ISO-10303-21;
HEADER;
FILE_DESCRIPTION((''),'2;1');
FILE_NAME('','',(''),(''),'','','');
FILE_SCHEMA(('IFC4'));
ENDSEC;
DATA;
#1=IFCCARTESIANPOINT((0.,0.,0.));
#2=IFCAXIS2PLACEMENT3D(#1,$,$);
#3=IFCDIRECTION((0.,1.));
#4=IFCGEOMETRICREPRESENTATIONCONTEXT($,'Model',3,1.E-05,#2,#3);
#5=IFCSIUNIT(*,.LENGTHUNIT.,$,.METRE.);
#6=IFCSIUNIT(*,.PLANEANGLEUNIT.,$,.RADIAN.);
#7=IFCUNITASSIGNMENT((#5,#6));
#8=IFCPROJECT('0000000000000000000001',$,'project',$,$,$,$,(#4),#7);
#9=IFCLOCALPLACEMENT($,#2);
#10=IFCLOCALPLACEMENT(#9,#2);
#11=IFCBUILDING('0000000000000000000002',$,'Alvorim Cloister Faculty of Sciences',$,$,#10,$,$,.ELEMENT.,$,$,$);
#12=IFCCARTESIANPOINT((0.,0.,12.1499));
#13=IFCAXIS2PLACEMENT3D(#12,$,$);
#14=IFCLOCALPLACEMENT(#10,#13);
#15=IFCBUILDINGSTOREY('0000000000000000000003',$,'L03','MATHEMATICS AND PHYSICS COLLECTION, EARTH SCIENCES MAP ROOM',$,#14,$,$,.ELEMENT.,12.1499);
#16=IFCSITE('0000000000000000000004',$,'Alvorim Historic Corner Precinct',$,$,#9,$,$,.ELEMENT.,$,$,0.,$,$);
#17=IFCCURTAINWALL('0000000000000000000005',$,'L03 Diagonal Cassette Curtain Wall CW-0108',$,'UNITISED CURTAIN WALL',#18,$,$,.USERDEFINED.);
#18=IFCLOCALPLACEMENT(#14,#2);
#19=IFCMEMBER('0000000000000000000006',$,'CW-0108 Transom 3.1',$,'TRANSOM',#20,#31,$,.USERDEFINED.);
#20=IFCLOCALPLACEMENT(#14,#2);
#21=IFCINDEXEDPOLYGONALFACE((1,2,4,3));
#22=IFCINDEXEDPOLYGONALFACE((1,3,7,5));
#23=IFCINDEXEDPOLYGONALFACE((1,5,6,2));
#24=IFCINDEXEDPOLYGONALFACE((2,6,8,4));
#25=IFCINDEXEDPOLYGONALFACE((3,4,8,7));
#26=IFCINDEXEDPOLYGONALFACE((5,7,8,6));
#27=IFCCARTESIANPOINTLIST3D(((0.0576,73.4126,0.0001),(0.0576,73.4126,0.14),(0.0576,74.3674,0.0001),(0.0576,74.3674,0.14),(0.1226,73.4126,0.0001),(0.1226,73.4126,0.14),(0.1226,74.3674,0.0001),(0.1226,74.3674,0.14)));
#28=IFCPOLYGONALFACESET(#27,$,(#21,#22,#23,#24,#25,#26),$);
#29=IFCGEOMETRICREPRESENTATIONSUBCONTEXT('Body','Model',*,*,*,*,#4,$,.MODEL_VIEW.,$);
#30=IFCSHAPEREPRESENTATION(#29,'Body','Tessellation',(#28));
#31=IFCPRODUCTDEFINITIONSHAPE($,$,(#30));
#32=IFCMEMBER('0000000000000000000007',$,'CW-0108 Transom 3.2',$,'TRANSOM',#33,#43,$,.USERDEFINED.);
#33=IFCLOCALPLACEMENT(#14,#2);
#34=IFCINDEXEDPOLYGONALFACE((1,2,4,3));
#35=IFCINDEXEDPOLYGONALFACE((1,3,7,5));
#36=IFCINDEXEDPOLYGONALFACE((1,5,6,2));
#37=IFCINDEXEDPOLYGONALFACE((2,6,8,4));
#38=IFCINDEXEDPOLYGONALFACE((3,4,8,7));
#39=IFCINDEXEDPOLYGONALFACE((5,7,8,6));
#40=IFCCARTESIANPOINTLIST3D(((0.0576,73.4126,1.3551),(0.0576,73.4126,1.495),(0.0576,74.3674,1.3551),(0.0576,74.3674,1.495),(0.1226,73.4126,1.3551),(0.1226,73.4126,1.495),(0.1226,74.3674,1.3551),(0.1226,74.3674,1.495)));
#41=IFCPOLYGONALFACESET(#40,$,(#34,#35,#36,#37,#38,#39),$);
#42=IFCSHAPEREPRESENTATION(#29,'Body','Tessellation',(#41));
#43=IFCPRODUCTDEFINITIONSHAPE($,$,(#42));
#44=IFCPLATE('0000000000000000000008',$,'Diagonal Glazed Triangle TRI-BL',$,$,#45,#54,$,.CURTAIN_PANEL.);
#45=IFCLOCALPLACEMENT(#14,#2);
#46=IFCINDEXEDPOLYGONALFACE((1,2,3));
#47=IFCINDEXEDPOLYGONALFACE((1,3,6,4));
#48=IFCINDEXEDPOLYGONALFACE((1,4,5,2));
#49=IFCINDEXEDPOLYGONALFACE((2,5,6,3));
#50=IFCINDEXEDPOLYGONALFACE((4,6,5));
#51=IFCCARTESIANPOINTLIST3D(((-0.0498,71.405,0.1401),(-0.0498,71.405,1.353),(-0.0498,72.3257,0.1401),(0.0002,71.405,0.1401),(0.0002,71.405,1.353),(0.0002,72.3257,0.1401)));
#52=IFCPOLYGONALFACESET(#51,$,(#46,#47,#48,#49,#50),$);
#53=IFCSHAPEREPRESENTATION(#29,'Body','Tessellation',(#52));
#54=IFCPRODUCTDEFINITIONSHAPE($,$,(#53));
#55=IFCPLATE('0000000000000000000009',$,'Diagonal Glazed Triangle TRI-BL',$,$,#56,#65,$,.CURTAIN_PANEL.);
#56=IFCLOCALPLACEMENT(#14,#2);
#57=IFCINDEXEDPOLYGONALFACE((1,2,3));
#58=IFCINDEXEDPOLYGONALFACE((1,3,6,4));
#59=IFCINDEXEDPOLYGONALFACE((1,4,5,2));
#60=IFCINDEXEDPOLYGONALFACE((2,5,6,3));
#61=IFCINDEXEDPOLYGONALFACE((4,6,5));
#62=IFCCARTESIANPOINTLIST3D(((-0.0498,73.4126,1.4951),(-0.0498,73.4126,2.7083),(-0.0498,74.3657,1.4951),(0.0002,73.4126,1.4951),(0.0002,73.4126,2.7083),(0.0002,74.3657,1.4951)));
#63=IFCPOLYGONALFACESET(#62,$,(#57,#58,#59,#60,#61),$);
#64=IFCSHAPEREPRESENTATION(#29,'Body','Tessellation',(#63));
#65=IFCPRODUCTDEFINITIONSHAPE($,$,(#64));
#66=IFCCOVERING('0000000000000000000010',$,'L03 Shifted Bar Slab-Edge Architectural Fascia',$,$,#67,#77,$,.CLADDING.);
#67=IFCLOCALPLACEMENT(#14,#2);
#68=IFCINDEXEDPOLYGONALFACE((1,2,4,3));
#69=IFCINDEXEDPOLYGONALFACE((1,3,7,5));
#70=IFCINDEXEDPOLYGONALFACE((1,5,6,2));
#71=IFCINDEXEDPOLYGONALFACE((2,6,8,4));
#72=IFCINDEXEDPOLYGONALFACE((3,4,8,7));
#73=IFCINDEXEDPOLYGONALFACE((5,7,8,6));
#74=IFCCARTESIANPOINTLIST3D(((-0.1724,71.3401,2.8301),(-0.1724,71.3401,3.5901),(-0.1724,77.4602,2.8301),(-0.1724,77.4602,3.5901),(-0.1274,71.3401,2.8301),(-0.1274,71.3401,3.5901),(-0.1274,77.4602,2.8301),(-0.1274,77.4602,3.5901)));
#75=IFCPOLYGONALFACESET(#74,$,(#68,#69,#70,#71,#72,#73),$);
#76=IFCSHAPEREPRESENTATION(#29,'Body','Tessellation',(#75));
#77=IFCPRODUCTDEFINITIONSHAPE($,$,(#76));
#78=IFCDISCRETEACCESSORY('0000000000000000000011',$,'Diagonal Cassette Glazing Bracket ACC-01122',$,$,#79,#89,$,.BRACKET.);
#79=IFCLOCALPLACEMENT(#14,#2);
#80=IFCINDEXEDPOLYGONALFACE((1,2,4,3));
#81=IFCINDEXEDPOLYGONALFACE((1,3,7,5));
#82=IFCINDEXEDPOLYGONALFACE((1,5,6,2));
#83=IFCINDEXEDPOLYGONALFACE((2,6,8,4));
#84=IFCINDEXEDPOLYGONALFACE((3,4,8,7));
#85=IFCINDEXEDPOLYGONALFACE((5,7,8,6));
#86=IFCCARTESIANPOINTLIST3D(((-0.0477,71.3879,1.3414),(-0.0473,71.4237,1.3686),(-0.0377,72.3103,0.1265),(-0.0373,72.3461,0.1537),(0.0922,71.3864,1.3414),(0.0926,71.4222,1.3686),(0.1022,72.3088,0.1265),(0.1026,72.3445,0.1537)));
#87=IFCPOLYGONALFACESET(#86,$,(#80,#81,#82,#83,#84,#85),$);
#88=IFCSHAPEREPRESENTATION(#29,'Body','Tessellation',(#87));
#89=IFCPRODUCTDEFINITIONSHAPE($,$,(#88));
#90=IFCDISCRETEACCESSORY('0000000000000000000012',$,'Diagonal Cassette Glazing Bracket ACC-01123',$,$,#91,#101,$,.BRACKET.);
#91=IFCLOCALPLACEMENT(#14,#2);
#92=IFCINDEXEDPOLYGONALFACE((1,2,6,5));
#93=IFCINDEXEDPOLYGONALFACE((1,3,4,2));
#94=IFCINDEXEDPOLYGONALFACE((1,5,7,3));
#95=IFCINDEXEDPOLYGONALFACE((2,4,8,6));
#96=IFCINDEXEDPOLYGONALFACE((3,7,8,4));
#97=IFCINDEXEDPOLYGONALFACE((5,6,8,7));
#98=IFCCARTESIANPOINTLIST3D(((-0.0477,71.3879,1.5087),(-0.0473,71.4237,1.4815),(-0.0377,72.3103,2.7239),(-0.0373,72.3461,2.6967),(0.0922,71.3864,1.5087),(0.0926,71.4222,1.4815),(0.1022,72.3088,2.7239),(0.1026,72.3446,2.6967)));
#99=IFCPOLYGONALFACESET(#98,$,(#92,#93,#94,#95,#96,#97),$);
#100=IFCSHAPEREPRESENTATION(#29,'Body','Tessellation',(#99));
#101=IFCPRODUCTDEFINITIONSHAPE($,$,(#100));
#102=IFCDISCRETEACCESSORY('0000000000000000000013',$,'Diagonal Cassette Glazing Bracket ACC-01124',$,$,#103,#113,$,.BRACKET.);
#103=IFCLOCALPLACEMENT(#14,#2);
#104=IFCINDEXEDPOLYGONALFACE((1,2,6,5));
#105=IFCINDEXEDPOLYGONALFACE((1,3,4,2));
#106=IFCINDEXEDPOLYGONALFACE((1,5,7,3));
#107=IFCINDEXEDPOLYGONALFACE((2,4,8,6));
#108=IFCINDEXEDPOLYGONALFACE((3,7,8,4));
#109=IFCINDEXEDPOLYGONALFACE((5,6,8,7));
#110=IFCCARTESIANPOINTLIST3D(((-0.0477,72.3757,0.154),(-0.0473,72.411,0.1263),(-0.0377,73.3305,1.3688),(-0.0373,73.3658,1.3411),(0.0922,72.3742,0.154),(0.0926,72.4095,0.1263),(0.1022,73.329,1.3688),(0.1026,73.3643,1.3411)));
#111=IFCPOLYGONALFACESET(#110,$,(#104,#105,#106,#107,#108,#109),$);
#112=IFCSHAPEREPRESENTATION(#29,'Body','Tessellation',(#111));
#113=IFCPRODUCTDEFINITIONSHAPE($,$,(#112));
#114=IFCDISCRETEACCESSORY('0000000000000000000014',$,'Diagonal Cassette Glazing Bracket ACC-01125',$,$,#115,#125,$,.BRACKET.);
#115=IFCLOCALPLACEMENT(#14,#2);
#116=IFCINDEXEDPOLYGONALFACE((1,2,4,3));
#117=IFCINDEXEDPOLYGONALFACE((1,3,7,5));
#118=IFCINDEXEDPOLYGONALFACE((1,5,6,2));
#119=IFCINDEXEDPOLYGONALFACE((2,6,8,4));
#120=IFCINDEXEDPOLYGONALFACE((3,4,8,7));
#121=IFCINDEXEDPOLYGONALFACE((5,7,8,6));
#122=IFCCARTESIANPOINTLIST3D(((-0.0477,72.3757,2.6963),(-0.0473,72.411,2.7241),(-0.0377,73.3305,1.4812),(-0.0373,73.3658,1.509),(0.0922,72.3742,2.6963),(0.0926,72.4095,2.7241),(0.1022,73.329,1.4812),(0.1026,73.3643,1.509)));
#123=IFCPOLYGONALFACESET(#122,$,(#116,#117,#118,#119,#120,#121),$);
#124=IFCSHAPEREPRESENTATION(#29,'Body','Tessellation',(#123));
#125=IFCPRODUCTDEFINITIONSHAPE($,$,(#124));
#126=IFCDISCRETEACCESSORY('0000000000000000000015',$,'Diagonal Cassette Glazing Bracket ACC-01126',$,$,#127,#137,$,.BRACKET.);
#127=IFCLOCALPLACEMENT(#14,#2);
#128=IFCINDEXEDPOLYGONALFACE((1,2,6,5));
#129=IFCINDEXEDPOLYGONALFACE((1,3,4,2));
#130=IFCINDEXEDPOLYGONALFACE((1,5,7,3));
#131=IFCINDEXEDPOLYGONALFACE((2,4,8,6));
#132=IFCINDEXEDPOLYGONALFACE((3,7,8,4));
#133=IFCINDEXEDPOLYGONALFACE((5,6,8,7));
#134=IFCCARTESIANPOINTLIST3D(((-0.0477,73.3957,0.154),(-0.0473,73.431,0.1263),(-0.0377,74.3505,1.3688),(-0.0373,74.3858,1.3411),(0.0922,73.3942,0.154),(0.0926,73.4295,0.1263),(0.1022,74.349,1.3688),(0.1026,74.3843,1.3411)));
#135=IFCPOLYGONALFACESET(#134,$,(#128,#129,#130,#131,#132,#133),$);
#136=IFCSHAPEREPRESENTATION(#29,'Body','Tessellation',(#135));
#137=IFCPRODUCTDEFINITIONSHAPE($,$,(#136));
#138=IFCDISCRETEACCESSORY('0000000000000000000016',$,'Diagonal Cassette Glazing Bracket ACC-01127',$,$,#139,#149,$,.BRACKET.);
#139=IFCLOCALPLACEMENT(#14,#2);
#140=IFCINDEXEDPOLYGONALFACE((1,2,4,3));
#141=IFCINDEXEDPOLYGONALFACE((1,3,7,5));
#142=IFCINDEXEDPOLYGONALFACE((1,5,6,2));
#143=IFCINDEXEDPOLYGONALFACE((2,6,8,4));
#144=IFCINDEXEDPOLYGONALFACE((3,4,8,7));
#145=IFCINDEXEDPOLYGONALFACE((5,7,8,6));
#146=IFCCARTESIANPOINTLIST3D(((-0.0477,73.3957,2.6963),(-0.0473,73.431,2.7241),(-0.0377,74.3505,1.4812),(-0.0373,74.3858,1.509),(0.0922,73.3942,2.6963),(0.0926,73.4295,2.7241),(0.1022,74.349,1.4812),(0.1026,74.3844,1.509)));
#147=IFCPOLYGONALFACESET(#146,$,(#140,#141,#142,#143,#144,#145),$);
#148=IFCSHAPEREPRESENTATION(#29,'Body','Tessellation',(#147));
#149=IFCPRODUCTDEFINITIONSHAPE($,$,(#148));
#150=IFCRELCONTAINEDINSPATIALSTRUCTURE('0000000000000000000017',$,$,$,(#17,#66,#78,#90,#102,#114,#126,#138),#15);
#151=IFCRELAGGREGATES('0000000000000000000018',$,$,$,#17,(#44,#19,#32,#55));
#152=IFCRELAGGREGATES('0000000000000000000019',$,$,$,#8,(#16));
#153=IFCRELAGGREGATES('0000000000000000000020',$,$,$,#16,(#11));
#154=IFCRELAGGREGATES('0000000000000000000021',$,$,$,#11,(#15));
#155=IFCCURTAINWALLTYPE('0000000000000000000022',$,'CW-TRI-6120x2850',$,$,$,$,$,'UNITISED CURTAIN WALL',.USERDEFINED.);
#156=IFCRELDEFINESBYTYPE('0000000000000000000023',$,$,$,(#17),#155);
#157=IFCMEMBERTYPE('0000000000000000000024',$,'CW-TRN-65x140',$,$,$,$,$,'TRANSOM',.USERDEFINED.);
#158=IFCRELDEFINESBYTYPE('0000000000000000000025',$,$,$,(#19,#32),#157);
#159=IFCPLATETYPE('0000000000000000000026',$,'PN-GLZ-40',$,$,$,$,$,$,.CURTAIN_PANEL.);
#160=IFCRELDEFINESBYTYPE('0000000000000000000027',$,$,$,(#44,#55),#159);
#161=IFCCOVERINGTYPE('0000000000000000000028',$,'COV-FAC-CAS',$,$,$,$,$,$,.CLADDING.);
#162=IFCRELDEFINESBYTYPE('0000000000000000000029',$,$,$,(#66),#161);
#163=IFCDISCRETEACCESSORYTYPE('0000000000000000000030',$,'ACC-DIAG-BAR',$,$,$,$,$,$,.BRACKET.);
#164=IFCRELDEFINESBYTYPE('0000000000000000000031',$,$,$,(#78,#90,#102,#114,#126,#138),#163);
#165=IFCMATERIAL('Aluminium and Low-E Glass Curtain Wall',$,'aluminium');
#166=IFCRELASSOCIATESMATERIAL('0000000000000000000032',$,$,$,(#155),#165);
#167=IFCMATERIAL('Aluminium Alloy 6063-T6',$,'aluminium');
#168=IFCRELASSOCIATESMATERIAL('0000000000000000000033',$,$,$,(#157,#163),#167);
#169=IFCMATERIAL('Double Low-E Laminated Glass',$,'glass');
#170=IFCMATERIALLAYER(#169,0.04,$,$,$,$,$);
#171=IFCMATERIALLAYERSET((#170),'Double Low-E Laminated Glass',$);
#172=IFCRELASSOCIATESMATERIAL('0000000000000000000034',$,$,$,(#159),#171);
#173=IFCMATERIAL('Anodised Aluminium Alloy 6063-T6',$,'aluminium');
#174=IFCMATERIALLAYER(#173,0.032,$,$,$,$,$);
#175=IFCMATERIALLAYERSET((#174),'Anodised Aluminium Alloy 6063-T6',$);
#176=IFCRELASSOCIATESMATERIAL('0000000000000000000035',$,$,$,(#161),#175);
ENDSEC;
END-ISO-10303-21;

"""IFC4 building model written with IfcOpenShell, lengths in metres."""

from ifc_helpers import new_model, si_unit, direction, frame, origin, origin_2d, place, context, subcontext, project, spatial, polyline, rectangle, outline, extrude, material, layer, layer_set, material_profile, profile_set, type_object, element, aggregate, save


model = new_model("IFC4")

# Units and contexts
model_context = context("Model", 3, precision=1e-05, world=origin(), true_north=direction((0.0, 1.0)))
body_context = subcontext(model_context, "Body", "Model", "MODEL_VIEW")
ifc_project = project(units=[si_unit("LENGTHUNIT", "METRE"), si_unit("PLANEANGLEUNIT", "RADIAN")], contexts=[model_context])

# Site, building, storey
site_placement = place(None, origin())
site = spatial("IfcSite", under=ifc_project, at=site_placement, Name="Alvorim Historic Corner Precinct", CompositionType="ELEMENT", RefElevation=0.0)
building_placement = place(site_placement, origin())
building = spatial("IfcBuilding", under=site, at=building_placement, Name="Alvorim Cloister Faculty of Sciences", CompositionType="ELEMENT")
storey_placement = place(building_placement, frame((0.0, 0.0, 12.1499)))
storey = spatial("IfcBuildingStorey", under=building, at=storey_placement, Name="L03", Description="MATHEMATICS AND PHYSICS COLLECTION, EARTH SCIENCES MAP ROOM", CompositionType="ELEMENT", Elevation=12.1499)

# Shared definitions
ifc_material_1 = material(Name="Aluminium and Low-E Glass Curtain Wall", Category="aluminium")
curtain_wall_type = type_object("IfcCurtainWallType", Name="CW-TRI-6120x2850", ElementType="UNITISED CURTAIN WALL", PredefinedType="USERDEFINED", material=ifc_material_1)
ifc_material_2 = material(Name="Aluminium Alloy 6063-T6", Category="aluminium")

# Curtain wall
curtain_wall_1_placement = place(storey_placement, origin())
curtain_wall_1 = element("IfcCurtainWall", 1, at=curtain_wall_1_placement, inside=storey, type_object=curtain_wall_type, Name="L03 Diagonal Cassette Curtain Wall CW-0108", ObjectType="UNITISED CURTAIN WALL", PredefinedType="USERDEFINED")

# Members
ifc_material_profile_1 = material_profile(ifc_material_2, rectangle(XDim=0.0649, YDim=0.1399, at=origin_2d()), Name="ALU-TRN-65x140")
ifc_profile_set_1 = profile_set([ifc_material_profile_1], Name="Aluminium Alloy 6063-T6")
member_type_1 = type_object("IfcMemberType", Name="CW-TRN-65x140", ElementType="TRANSOM", PredefinedType="USERDEFINED", material=ifc_profile_set_1)
member_1_placement = place(storey_placement, frame((0.0901, 73.4126, 0.0701), z_axis=(0.0, 1.0, 0.0), x_axis=(-1.0, 0.0, 0.0)))
member_1 = element("IfcMember", 2, at=member_1_placement, type_object=member_type_1, Name="CW-0108 Transom 3.1", ObjectType="TRANSOM", PredefinedType="USERDEFINED", context=body_context, shape_type="SweptSolid", body=[
    extrude(rectangle(XDim=0.0649, YDim=0.1399, at=origin_2d()), origin(), (0.0, 0.0, 1.0), 0.9548),
])
member_2_placement = place(storey_placement, frame((0.0901, 73.4126, 1.425), z_axis=(0.0, 1.0, 0.0), x_axis=(-1.0, 0.0, 0.0)))
member_2 = element("IfcMember", 3, at=member_2_placement, type_object=member_type_1, Name="CW-0108 Transom 3.2", ObjectType="TRANSOM", PredefinedType="USERDEFINED", context=body_context, shape_type="SweptSolid", body=[
    extrude(rectangle(XDim=0.0649, YDim=0.1399, at=origin_2d()), origin(), (0.0, 0.0, 1.0), 0.9548),
])

# Plates
ifc_material_3 = material(Name="Double Low-E Laminated Glass", Category="glass")
ifc_layer_1 = layer(ifc_material_3, 0.04)
ifc_layer_set_1 = layer_set([ifc_layer_1], Name="Double Low-E Laminated Glass")
plate_type = type_object("IfcPlateType", Name="PN-GLZ-40", PredefinedType="CURTAIN_PANEL", material=ifc_layer_set_1)
plate_1_placement = place(storey_placement, frame((-0.0249, 71.405, 0.1401), z_axis=(0.0, 0.0, 1.0), x_axis=(0.0, 1.0, 0.0)))
plate_1 = element("IfcPlate", 4, at=plate_1_placement, type_object=plate_type, Name="Diagonal Glazed Triangle TRI-BL", PredefinedType="CURTAIN_PANEL", context=body_context, shape_type="SweptSolid", body=[
    extrude(outline(polyline([(0.0, 0.0), (0.9207, 0.0), (0.0, 1.2129), (0.0, 0.0)])), frame((0.0, 0.0249, 0.0), z_axis=(0.0, -1.0, 0.0), x_axis=(1.0, 0.0, 0.0)), (0.0, 0.0, 1.0), 0.05),
])
plate_2_placement = place(storey_placement, frame((-0.0249, 73.4126, 1.4951), z_axis=(0.0, 0.0, 1.0), x_axis=(0.0, 1.0, 0.0)))
plate_2 = element("IfcPlate", 5, at=plate_2_placement, type_object=plate_type, Name="Diagonal Glazed Triangle TRI-BL", PredefinedType="CURTAIN_PANEL", context=body_context, shape_type="SweptSolid", body=[
    extrude(outline(polyline([(0.0, 0.0), (0.9531, 0.0), (0.0, 1.2131), (0.0, 0.0)])), frame((0.0, 0.0249, 0.0), z_axis=(0.0, -1.0, 0.0), x_axis=(1.0, 0.0, 0.0)), (0.0, 0.0, 1.0), 0.05),
])
aggregate(curtain_wall_1, [plate_1, member_1, member_2, plate_2])

# Covering
ifc_material_4 = material(Name="Anodised Aluminium Alloy 6063-T6", Category="aluminium")
ifc_layer_2 = layer(ifc_material_4, 0.032)
ifc_layer_set_2 = layer_set([ifc_layer_2], Name="Anodised Aluminium Alloy 6063-T6")
covering_type = type_object("IfcCoveringType", Name="COV-FAC-CAS", PredefinedType="CLADDING", material=ifc_layer_set_2)
covering_placement = place(storey_placement, frame((-0.1499, 71.3401, 2.8301), z_axis=(0.0, 0.0, 1.0), x_axis=(0.0, 1.0, 0.0)))
element("IfcCovering", 6, at=covering_placement, inside=storey, type_object=covering_type, Name="L03 Shifted Bar Slab-Edge Architectural Fascia", PredefinedType="CLADDING", context=body_context, shape_type="SweptSolid", body=[
    extrude(outline(polyline([(0.0, 0.0), (6.1201, 0.0), (6.1201, 0.76), (0.0, 0.76), (0.0, 0.0)])), frame((0.0, 0.0225, 0.0), z_axis=(0.0, -1.0, 0.0), x_axis=(1.0, 0.0, 0.0)), (0.0, 0.0, 1.0), 0.0449),
])

# Discrete accessories
discrete_accessory_type = type_object("IfcDiscreteAccessoryType", Name="ACC-DIAG-BAR", PredefinedType="BRACKET", material=ifc_material_2)
discrete_accessory_1_placement = place(storey_placement, frame((0.0225, 71.405, 1.355), z_axis=(0.006562, 0.604689, -0.796435), x_axis=(-0.999941, 0.010852, 0.0)))
element("IfcDiscreteAccessory", 7, at=discrete_accessory_1_placement, inside=storey, type_object=discrete_accessory_type, Name="Diagonal Cassette Glazing Bracket ACC-01122", PredefinedType="BRACKET", context=body_context, shape_type="SweptSolid", body=[
    extrude(rectangle(XDim=0.1399, YDim=0.0449, at=origin_2d()), origin(), (0.0, 0.0, 1.0), 1.5254),
])
discrete_accessory_2_placement = place(storey_placement, frame((0.0225, 71.405, 1.4951), z_axis=(0.006561, 0.604612, 0.796493), x_axis=(-0.999941, 0.010852, 0.0)))
element("IfcDiscreteAccessory", 8, at=discrete_accessory_2_placement, inside=storey, type_object=discrete_accessory_type, Name="Diagonal Cassette Glazing Bracket ACC-01123", PredefinedType="BRACKET", context=body_context, shape_type="SweptSolid", body=[
    extrude(rectangle(XDim=0.1399, YDim=0.0449, at=origin_2d()), origin(), (0.0, 0.0, 1.0), 1.5256),
])
discrete_accessory_3_placement = place(storey_placement, frame((0.0225, 72.3926, 0.1401), z_axis=(0.006478, 0.617934, 0.786203), x_axis=(-0.999945, 0.010483, 0.0)))
element("IfcDiscreteAccessory", 9, at=discrete_accessory_3_placement, inside=storey, type_object=discrete_accessory_type, Name="Diagonal Cassette Glazing Bracket ACC-01124", PredefinedType="BRACKET", context=body_context, shape_type="SweptSolid", body=[
    extrude(rectangle(XDim=0.1399, YDim=0.0449, at=origin_2d()), origin(), (0.0, 0.0, 1.0), 1.5452),
])
discrete_accessory_4_placement = place(storey_placement, frame((0.0225, 72.3926, 2.7102), z_axis=(0.006477, 0.617857, -0.786263), x_axis=(-0.999945, 0.010483, 0.0)))
element("IfcDiscreteAccessory", 10, at=discrete_accessory_4_placement, inside=storey, type_object=discrete_accessory_type, Name="Diagonal Cassette Glazing Bracket ACC-01125", PredefinedType="BRACKET", context=body_context, shape_type="SweptSolid", body=[
    extrude(rectangle(XDim=0.1399, YDim=0.0449, at=origin_2d()), origin(), (0.0, 0.0, 1.0), 1.5454),
])
discrete_accessory_5_placement = place(storey_placement, frame((0.0225, 73.4126, 0.1401), z_axis=(0.006478, 0.617934, 0.786203), x_axis=(-0.999945, 0.010483, 0.0)))
element("IfcDiscreteAccessory", 11, at=discrete_accessory_5_placement, inside=storey, type_object=discrete_accessory_type, Name="Diagonal Cassette Glazing Bracket ACC-01126", PredefinedType="BRACKET", context=body_context, shape_type="SweptSolid", body=[
    extrude(rectangle(XDim=0.1399, YDim=0.0449, at=origin_2d()), origin(), (0.0, 0.0, 1.0), 1.5452),
])
discrete_accessory_6_placement = place(storey_placement, frame((0.0225, 73.4126, 2.7102), z_axis=(0.006477, 0.617857, -0.786263), x_axis=(-0.999945, 0.010483, 0.0)))
element("IfcDiscreteAccessory", 12, at=discrete_accessory_6_placement, inside=storey, type_object=discrete_accessory_type, Name="Diagonal Cassette Glazing Bracket ACC-01127", PredefinedType="BRACKET", context=body_context, shape_type="SweptSolid", body=[
    extrude(rectangle(XDim=0.1399, YDim=0.0449, at=origin_2d()), origin(), (0.0, 0.0, 1.0), 1.5454),
])

save(model, "model.ifc")
